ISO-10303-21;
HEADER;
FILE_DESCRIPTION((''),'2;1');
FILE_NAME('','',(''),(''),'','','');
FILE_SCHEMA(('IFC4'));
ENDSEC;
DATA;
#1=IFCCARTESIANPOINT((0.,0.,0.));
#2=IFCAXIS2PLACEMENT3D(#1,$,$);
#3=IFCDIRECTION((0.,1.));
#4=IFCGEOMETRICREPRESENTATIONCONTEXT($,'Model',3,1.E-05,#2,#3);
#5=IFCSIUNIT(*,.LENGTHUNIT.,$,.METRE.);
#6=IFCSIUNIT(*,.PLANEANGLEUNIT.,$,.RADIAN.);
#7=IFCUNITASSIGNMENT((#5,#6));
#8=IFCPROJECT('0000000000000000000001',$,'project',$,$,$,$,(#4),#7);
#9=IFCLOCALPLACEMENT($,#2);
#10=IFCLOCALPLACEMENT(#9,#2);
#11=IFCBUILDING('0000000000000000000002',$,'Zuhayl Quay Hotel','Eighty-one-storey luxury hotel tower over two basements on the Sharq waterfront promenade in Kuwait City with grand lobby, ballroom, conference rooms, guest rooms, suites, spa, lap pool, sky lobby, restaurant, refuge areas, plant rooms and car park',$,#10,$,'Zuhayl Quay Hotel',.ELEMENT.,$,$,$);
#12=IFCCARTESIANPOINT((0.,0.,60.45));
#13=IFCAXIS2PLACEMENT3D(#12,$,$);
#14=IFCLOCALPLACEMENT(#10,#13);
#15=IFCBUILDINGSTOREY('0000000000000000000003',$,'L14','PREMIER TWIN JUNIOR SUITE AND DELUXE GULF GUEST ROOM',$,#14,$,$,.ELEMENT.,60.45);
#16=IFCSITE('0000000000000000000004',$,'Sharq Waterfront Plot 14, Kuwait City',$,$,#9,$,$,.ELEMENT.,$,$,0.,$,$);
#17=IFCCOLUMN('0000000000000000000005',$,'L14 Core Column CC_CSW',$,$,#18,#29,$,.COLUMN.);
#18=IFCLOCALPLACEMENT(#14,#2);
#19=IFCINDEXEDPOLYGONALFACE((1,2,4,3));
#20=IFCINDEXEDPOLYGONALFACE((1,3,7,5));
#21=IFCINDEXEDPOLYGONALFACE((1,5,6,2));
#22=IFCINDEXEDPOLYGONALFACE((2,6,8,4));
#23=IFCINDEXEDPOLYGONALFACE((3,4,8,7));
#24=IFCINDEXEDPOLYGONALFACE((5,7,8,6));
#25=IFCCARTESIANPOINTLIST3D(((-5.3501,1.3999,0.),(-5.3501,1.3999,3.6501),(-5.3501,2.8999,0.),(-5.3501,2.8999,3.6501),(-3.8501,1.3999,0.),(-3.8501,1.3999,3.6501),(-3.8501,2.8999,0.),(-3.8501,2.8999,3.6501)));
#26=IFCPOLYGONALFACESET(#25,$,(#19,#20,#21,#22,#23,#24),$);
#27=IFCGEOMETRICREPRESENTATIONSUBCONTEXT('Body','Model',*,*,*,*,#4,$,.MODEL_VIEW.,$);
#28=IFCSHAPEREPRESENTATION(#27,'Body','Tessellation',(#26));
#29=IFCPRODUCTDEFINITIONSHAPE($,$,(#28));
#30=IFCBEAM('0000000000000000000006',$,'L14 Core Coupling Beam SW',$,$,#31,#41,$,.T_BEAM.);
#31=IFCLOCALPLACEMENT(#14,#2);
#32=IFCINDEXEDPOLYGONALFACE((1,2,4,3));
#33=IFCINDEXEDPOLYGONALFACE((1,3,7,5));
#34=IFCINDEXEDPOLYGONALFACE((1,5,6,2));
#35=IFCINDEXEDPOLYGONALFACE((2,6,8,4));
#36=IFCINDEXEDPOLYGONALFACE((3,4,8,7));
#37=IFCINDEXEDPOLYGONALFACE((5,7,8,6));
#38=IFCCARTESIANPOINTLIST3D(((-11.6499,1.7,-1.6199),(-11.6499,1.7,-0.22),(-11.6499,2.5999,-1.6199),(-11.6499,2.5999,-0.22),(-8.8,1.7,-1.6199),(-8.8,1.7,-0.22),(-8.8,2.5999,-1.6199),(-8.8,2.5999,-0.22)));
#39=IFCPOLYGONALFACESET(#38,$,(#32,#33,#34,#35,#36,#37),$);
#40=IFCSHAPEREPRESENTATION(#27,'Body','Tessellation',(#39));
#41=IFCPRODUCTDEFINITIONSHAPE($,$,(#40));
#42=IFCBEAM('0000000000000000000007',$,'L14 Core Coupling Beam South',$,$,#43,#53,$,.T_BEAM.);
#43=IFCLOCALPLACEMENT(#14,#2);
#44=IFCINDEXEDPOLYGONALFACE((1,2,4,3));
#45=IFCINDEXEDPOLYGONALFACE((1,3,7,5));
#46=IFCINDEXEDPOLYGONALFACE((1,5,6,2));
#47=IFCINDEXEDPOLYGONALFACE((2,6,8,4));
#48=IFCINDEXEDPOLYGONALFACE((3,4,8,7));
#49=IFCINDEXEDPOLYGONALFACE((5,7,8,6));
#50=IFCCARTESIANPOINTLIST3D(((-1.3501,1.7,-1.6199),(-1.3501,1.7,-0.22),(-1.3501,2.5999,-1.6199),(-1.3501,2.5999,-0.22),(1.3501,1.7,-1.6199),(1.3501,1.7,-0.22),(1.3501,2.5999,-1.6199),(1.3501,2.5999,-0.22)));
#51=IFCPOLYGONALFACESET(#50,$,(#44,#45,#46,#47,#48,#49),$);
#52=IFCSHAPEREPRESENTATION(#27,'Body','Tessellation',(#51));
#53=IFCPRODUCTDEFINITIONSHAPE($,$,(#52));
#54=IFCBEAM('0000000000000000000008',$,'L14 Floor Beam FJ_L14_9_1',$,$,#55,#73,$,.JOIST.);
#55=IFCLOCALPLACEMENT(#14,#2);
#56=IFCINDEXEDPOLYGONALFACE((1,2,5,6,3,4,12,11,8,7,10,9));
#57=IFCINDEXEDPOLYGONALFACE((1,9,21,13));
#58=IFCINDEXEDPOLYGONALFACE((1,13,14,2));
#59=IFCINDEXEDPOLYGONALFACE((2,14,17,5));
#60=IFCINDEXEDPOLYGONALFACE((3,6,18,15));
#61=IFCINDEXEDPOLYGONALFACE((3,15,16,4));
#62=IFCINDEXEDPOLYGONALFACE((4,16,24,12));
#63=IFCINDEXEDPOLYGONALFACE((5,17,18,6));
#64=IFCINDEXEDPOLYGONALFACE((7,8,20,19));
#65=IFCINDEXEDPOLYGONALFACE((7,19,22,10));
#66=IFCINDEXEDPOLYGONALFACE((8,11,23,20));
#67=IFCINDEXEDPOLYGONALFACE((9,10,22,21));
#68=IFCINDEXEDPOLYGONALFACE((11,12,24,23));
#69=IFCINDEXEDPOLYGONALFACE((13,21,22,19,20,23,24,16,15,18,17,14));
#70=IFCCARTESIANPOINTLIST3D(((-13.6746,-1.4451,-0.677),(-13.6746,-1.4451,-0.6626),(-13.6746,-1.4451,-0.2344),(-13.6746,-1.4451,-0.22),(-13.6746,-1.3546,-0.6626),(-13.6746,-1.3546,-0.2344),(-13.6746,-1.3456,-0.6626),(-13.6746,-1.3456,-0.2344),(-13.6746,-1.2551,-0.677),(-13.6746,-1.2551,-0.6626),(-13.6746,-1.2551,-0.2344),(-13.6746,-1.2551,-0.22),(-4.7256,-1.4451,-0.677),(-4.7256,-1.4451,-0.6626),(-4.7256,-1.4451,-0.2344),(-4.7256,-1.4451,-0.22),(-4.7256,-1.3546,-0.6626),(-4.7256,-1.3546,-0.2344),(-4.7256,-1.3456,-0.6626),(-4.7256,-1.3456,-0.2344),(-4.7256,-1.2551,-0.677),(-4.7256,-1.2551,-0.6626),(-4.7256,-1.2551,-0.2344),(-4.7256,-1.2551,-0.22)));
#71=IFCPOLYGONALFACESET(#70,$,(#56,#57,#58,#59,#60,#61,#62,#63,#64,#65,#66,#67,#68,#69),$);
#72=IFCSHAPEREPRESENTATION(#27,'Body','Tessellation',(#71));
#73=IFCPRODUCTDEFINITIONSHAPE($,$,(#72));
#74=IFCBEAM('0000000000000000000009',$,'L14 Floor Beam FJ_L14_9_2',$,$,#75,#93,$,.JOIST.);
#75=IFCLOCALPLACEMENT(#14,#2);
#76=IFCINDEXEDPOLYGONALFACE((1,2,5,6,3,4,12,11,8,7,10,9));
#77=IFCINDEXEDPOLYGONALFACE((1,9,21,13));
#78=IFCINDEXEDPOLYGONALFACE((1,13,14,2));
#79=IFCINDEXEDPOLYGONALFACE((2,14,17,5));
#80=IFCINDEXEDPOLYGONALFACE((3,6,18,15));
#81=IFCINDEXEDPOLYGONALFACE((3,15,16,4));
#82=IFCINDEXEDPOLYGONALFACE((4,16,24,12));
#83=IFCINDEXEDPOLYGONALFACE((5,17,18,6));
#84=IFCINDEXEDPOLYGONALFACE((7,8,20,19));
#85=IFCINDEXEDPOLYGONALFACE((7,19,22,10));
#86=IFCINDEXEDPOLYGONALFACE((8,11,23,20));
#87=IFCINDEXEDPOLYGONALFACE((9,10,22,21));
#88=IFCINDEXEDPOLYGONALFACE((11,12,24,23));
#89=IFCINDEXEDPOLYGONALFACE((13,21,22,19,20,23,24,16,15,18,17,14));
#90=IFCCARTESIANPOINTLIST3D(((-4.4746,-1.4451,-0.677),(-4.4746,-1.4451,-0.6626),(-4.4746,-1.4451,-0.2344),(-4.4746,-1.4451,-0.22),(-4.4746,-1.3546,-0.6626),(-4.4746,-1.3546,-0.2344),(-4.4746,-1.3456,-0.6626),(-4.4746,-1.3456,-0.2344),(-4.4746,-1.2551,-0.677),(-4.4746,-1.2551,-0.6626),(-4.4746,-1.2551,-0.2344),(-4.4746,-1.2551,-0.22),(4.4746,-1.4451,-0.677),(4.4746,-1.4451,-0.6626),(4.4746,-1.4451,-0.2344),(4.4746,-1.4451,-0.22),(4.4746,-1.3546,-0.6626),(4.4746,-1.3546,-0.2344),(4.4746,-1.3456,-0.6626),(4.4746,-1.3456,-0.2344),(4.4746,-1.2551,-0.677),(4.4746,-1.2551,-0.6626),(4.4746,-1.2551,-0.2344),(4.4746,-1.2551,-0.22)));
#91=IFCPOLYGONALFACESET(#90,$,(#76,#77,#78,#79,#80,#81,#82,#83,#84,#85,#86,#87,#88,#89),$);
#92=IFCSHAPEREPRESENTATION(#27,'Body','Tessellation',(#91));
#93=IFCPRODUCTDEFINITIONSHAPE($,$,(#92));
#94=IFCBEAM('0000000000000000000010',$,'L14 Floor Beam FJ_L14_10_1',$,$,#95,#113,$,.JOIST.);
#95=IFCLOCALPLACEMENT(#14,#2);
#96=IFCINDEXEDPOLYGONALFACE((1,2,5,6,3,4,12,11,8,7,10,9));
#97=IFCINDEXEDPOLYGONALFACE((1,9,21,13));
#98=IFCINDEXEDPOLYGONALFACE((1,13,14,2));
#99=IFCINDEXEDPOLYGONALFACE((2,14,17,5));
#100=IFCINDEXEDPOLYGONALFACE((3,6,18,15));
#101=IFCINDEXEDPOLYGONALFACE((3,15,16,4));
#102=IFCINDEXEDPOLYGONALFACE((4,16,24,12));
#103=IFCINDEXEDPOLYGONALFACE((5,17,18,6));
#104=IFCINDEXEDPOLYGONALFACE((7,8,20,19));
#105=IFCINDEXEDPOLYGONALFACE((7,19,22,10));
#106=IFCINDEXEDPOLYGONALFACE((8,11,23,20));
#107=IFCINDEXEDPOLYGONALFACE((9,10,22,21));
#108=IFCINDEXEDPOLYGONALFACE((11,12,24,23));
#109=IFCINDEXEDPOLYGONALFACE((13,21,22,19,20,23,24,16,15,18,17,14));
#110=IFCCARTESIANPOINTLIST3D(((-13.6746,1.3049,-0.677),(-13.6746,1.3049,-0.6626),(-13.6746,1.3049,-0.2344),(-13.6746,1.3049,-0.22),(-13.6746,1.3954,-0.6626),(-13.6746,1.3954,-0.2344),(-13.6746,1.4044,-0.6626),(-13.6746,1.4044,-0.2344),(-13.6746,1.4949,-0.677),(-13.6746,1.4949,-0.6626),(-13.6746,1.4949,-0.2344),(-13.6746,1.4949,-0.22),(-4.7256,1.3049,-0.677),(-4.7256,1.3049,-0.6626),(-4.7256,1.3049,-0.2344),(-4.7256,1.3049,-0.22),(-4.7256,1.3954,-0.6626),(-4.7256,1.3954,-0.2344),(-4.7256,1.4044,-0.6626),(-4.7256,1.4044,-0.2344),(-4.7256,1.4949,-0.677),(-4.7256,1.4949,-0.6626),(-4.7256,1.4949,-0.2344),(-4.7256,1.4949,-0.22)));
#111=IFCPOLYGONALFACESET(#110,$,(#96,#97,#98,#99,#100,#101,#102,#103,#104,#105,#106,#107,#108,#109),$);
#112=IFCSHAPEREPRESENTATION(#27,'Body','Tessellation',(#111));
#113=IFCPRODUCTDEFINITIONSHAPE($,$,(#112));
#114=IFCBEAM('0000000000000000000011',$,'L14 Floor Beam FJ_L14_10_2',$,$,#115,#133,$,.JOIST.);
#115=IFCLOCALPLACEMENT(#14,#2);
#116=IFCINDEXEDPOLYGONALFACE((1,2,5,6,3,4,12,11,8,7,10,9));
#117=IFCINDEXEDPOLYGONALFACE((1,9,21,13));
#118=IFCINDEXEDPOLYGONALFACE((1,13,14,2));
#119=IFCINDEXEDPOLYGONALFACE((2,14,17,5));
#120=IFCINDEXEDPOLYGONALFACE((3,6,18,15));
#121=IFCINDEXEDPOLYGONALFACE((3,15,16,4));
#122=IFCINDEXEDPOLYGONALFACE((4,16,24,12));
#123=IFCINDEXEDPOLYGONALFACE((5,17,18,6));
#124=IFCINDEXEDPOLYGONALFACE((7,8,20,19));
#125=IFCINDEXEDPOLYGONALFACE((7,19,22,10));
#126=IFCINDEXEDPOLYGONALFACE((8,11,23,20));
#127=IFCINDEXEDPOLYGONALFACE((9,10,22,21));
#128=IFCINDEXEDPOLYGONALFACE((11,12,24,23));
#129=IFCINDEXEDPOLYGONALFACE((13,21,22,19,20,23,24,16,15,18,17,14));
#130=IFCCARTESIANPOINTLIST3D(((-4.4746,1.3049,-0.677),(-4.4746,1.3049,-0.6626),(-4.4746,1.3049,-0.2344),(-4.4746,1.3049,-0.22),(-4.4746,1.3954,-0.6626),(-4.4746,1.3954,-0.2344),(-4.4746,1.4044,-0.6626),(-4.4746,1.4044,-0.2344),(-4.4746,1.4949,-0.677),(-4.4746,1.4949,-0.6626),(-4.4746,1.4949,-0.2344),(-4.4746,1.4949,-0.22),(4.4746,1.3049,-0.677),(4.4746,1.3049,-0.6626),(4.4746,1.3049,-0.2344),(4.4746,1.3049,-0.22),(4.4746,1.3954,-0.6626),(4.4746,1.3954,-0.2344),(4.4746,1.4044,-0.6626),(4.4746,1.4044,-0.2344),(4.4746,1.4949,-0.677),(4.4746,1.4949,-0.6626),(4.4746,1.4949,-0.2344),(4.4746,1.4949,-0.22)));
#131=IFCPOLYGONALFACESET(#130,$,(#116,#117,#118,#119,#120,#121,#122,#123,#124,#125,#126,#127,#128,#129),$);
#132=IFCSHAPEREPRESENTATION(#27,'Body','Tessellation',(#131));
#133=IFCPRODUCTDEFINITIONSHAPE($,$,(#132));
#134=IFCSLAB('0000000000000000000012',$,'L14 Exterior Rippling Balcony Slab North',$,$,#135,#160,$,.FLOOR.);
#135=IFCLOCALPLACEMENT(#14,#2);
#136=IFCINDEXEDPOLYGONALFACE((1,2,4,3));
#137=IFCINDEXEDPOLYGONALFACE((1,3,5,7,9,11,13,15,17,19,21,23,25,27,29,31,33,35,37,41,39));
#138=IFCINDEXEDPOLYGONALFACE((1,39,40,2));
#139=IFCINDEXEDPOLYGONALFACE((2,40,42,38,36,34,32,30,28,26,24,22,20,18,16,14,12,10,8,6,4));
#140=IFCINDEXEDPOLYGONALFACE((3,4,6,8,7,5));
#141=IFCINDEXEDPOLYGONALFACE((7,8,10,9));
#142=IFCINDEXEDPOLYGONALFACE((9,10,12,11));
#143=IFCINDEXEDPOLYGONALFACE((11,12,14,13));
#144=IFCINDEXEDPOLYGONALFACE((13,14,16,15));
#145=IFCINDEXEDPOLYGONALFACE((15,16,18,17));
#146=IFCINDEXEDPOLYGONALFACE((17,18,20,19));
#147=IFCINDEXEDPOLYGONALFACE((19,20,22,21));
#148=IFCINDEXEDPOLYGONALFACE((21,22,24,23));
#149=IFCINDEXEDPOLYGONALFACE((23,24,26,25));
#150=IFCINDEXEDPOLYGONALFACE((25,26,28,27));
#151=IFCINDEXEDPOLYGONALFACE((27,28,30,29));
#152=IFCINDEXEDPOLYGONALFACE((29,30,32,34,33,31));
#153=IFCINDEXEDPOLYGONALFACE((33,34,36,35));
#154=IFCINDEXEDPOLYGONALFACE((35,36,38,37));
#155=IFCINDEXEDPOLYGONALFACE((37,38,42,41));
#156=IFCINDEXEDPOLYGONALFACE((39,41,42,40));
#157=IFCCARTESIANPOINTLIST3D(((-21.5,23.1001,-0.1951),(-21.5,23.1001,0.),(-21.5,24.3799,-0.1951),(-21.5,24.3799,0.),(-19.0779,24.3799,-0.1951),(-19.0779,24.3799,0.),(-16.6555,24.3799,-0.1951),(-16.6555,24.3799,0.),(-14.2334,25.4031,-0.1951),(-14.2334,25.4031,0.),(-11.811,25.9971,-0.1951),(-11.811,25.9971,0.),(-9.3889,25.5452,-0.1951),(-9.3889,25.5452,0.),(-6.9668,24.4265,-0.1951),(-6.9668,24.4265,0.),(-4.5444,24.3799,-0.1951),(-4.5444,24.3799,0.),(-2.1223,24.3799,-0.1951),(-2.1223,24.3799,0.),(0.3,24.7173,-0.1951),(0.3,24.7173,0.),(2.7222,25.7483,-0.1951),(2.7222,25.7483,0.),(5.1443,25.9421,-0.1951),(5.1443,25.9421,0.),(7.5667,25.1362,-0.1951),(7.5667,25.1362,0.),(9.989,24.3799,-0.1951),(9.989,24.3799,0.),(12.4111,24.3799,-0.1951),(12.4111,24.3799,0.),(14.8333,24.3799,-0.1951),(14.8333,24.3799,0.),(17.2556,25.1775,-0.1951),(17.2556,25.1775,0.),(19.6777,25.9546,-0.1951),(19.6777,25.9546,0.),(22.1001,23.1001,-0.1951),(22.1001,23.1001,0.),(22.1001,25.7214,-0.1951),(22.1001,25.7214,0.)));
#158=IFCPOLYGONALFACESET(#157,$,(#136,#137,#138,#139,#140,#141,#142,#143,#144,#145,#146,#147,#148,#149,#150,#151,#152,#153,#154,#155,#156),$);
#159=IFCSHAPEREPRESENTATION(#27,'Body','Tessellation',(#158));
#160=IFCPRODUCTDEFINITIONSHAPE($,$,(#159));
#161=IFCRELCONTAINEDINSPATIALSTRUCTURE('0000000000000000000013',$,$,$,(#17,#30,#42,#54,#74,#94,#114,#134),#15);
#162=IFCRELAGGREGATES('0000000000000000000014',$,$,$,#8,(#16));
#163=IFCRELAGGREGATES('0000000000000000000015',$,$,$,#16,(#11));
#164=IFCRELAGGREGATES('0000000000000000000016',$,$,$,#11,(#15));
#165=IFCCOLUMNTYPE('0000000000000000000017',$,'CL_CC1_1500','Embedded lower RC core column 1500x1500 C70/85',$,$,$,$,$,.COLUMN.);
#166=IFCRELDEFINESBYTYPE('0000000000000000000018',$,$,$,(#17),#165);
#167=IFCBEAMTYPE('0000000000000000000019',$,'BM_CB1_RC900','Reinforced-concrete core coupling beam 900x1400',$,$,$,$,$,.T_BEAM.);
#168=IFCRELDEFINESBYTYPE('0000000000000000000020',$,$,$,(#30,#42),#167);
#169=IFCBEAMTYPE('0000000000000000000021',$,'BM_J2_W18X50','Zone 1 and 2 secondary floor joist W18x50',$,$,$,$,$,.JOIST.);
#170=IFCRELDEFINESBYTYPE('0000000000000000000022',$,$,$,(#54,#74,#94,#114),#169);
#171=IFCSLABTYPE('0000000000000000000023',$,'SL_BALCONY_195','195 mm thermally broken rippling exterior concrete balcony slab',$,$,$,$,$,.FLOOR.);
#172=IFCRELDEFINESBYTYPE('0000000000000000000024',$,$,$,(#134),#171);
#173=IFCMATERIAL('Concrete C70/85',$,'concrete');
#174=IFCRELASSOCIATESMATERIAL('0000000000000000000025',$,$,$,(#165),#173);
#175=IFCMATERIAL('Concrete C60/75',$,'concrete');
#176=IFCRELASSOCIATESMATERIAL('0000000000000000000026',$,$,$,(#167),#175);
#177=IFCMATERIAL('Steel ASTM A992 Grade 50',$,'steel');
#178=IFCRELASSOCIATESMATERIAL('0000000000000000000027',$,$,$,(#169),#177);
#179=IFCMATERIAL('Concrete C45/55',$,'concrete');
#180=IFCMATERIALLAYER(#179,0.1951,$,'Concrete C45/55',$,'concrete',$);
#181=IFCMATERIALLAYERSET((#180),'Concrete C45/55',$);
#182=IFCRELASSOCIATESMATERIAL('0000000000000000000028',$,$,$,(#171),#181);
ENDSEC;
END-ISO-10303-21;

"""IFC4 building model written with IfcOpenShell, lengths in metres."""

from ifc_helpers import new_model, si_unit, direction, frame, origin, origin_2d, place, context, subcontext, project, spatial, polyline, rectangle, i_section, outline, extrude, material, layer, layer_set, material_profile, profile_set, type_object, element, save


model = new_model("IFC4")

# Units and contexts
model_context = context("Model", 3, precision=1e-05, world=origin(), true_north=direction((0.0, 1.0)))
body_context = subcontext(model_context, "Body", "Model", "MODEL_VIEW")
ifc_project = project(units=[si_unit("LENGTHUNIT", "METRE"), si_unit("PLANEANGLEUNIT", "RADIAN")], contexts=[model_context])

# Site, building, storey
site_placement = place(None, origin())
site = spatial("IfcSite", under=ifc_project, at=site_placement, Name="Sharq Waterfront Plot 14, Kuwait City", CompositionType="ELEMENT", RefElevation=0.0)
building_placement = place(site_placement, origin())
building = spatial("IfcBuilding", under=site, at=building_placement, Name="Zuhayl Quay Hotel", Description="Eighty-one-storey luxury hotel tower over two basements on the Sharq waterfront promenade in Kuwait City with grand lobby, ballroom, conference rooms, guest rooms, suites, spa, lap pool, sky lobby, restaurant, refuge areas, plant rooms and car park", LongName="Zuhayl Quay Hotel", CompositionType="ELEMENT")
storey_placement = place(building_placement, frame((0.0, 0.0, 60.45)))
storey = spatial("IfcBuildingStorey", under=building, at=storey_placement, Name="L14", Description="PREMIER TWIN JUNIOR SUITE AND DELUXE GULF GUEST ROOM", CompositionType="ELEMENT", Elevation=60.45)

# Column
ifc_material_1 = material(Name="Concrete C70/85", Category="concrete")
ifc_material_profile_1 = material_profile(ifc_material_1, rectangle(XDim=1.5, YDim=1.5, at=origin_2d()), Name="RC1500X1500")
ifc_profile_set_1 = profile_set([ifc_material_profile_1], Name="Concrete C70/85")
column_type = type_object("IfcColumnType", Name="CL_CC1_1500", Description="Embedded lower RC core column 1500x1500 C70/85", PredefinedType="COLUMN", material=ifc_profile_set_1)
column_placement = place(storey_placement, frame((-4.6001, 2.1499, 0.0), z_axis=(0.0, 0.0, 1.0), x_axis=(1.0, 0.0, 0.0)))
element("IfcColumn", 1, at=column_placement, inside=storey, type_object=column_type, Name="L14 Core Column CC_CSW", PredefinedType="COLUMN", context=body_context, shape_type="SweptSolid", body=[
    extrude(rectangle(XDim=1.5, YDim=1.5, at=origin_2d()), origin(), (0.0, 0.0, 1.0), 3.6501),
])

# Beams
ifc_material_2 = material(Name="Concrete C60/75", Category="concrete")
ifc_material_profile_2 = material_profile(ifc_material_2, rectangle(XDim=0.8999, YDim=1.3999, at=origin_2d()), Name="RC900X1400")
ifc_profile_set_2 = profile_set([ifc_material_profile_2], Name="Concrete C60/75")
beam_type_1 = type_object("IfcBeamType", Name="BM_CB1_RC900", Description="Reinforced-concrete core coupling beam 900x1400", PredefinedType="T_BEAM", material=ifc_profile_set_2)
beam_1_placement = place(storey_placement, frame((-11.6499, 2.1499, -0.9199), z_axis=(1.0, 0.0, 0.0), x_axis=(0.0, 1.0, 0.0)))
element("IfcBeam", 2, at=beam_1_placement, inside=storey, type_object=beam_type_1, Name="L14 Core Coupling Beam SW", PredefinedType="T_BEAM", context=body_context, shape_type="SweptSolid", body=[
    extrude(rectangle(XDim=0.8999, YDim=1.3999, at=origin_2d()), origin(), (0.0, 0.0, 1.0), 2.8499),
])
beam_2_placement = place(storey_placement, frame((-1.3501, 2.1499, -0.9199), z_axis=(1.0, 0.0, 0.0), x_axis=(0.0, 1.0, 0.0)))
element("IfcBeam", 3, at=beam_2_placement, inside=storey, type_object=beam_type_1, Name="L14 Core Coupling Beam South", PredefinedType="T_BEAM", context=body_context, shape_type="SweptSolid", body=[
    extrude(rectangle(XDim=0.8999, YDim=1.3999, at=origin_2d()), origin(), (0.0, 0.0, 1.0), 2.7002),
])
ifc_material_3 = material(Name="Steel ASTM A992 Grade 50", Category="steel")
ifc_material_profile_3 = material_profile(ifc_material_3, i_section(OverallWidth=0.1899, OverallDepth=0.457, WebThickness=0.009, FlangeThickness=0.0144, at=origin_2d()), Name="W18X50")
ifc_profile_set_3 = profile_set([ifc_material_profile_3], Name="Steel ASTM A992 Grade 50")
beam_type_2 = type_object("IfcBeamType", Name="BM_J2_W18X50", Description="Zone 1 and 2 secondary floor joist W18x50", PredefinedType="JOIST", material=ifc_profile_set_3)
beam_3_placement = place(storey_placement, frame((-13.6746, -1.3501, -0.4485), z_axis=(1.0, 0.0, 0.0), x_axis=(0.0, 1.0, 0.0)))
element("IfcBeam", 4, at=beam_3_placement, inside=storey, type_object=beam_type_2, Name="L14 Floor Beam FJ_L14_9_1", PredefinedType="JOIST", context=body_context, shape_type="SweptSolid", body=[
    extrude(i_section(OverallWidth=0.1899, OverallDepth=0.457, WebThickness=0.009, FlangeThickness=0.0144, at=origin_2d()), origin(), (0.0, 0.0, 1.0), 8.949),
])
beam_4_placement = place(storey_placement, frame((-4.4746, -1.3501, -0.4485), z_axis=(1.0, 0.0, 0.0), x_axis=(0.0, 1.0, 0.0)))
element("IfcBeam", 5, at=beam_4_placement, inside=storey, type_object=beam_type_2, Name="L14 Floor Beam FJ_L14_9_2", PredefinedType="JOIST", context=body_context, shape_type="SweptSolid", body=[
    extrude(i_section(OverallWidth=0.1899, OverallDepth=0.457, WebThickness=0.009, FlangeThickness=0.0144, at=origin_2d()), origin(), (0.0, 0.0, 1.0), 8.9492),
])
beam_5_placement = place(storey_placement, frame((-13.6746, 1.3999, -0.4485), z_axis=(1.0, 0.0, 0.0), x_axis=(0.0, 1.0, 0.0)))
element("IfcBeam", 6, at=beam_5_placement, inside=storey, type_object=beam_type_2, Name="L14 Floor Beam FJ_L14_10_1", PredefinedType="JOIST", context=body_context, shape_type="SweptSolid", body=[
    extrude(i_section(OverallWidth=0.1899, OverallDepth=0.457, WebThickness=0.009, FlangeThickness=0.0144, at=origin_2d()), origin(), (0.0, 0.0, 1.0), 8.949),
])
beam_6_placement = place(storey_placement, frame((-4.4746, 1.3999, -0.4485), z_axis=(1.0, 0.0, 0.0), x_axis=(0.0, 1.0, 0.0)))
element("IfcBeam", 7, at=beam_6_placement, inside=storey, type_object=beam_type_2, Name="L14 Floor Beam FJ_L14_10_2", PredefinedType="JOIST", context=body_context, shape_type="SweptSolid", body=[
    extrude(i_section(OverallWidth=0.1899, OverallDepth=0.457, WebThickness=0.009, FlangeThickness=0.0144, at=origin_2d()), origin(), (0.0, 0.0, 1.0), 8.9492),
])

# Slab
ifc_material_4 = material(Name="Concrete C45/55", Category="concrete")
ifc_layer_1 = layer(ifc_material_4, 0.1951, Name="Concrete C45/55", Category="concrete")
ifc_layer_set_1 = layer_set([ifc_layer_1], Name="Concrete C45/55")
slab_type_1 = type_object("IfcSlabType", Name="SL_BALCONY_195", Description="195 mm thermally broken rippling exterior concrete balcony slab", PredefinedType="FLOOR", material=ifc_layer_set_1)
slab_1_placement = place(storey_placement, frame((0.0, 0.0, -0.1951)))
element("IfcSlab", 8, at=slab_1_placement, inside=storey, type_object=slab_type_1, Name="L14 Exterior Rippling Balcony Slab North", PredefinedType="FLOOR", context=body_context, shape_type="SweptSolid", body=[
    extrude(outline(polyline([(-21.5, 23.1001), (22.1001, 23.1001), (22.1001, 25.7214), (19.6777, 25.9546), (17.2556, 25.1775), (14.8333, 24.3799), (12.4111, 24.3799), (9.989, 24.3799), (7.5667, 25.1362), (5.1443, 25.9421), (2.7222, 25.7483), (0.3, 24.7173), (-2.1223, 24.3799), (-4.5444, 24.3799), (-6.9668, 24.4265), (-9.3889, 25.5452), (-11.811, 25.9971), (-14.2334, 25.4031), (-16.6555, 24.3799), (-19.0779, 24.3799), (-21.5, 24.3799), (-21.5, 23.1001)])), origin(), (0.0, 0.0, 1.0), 0.1951),
])

save(model, "model.ifc")
